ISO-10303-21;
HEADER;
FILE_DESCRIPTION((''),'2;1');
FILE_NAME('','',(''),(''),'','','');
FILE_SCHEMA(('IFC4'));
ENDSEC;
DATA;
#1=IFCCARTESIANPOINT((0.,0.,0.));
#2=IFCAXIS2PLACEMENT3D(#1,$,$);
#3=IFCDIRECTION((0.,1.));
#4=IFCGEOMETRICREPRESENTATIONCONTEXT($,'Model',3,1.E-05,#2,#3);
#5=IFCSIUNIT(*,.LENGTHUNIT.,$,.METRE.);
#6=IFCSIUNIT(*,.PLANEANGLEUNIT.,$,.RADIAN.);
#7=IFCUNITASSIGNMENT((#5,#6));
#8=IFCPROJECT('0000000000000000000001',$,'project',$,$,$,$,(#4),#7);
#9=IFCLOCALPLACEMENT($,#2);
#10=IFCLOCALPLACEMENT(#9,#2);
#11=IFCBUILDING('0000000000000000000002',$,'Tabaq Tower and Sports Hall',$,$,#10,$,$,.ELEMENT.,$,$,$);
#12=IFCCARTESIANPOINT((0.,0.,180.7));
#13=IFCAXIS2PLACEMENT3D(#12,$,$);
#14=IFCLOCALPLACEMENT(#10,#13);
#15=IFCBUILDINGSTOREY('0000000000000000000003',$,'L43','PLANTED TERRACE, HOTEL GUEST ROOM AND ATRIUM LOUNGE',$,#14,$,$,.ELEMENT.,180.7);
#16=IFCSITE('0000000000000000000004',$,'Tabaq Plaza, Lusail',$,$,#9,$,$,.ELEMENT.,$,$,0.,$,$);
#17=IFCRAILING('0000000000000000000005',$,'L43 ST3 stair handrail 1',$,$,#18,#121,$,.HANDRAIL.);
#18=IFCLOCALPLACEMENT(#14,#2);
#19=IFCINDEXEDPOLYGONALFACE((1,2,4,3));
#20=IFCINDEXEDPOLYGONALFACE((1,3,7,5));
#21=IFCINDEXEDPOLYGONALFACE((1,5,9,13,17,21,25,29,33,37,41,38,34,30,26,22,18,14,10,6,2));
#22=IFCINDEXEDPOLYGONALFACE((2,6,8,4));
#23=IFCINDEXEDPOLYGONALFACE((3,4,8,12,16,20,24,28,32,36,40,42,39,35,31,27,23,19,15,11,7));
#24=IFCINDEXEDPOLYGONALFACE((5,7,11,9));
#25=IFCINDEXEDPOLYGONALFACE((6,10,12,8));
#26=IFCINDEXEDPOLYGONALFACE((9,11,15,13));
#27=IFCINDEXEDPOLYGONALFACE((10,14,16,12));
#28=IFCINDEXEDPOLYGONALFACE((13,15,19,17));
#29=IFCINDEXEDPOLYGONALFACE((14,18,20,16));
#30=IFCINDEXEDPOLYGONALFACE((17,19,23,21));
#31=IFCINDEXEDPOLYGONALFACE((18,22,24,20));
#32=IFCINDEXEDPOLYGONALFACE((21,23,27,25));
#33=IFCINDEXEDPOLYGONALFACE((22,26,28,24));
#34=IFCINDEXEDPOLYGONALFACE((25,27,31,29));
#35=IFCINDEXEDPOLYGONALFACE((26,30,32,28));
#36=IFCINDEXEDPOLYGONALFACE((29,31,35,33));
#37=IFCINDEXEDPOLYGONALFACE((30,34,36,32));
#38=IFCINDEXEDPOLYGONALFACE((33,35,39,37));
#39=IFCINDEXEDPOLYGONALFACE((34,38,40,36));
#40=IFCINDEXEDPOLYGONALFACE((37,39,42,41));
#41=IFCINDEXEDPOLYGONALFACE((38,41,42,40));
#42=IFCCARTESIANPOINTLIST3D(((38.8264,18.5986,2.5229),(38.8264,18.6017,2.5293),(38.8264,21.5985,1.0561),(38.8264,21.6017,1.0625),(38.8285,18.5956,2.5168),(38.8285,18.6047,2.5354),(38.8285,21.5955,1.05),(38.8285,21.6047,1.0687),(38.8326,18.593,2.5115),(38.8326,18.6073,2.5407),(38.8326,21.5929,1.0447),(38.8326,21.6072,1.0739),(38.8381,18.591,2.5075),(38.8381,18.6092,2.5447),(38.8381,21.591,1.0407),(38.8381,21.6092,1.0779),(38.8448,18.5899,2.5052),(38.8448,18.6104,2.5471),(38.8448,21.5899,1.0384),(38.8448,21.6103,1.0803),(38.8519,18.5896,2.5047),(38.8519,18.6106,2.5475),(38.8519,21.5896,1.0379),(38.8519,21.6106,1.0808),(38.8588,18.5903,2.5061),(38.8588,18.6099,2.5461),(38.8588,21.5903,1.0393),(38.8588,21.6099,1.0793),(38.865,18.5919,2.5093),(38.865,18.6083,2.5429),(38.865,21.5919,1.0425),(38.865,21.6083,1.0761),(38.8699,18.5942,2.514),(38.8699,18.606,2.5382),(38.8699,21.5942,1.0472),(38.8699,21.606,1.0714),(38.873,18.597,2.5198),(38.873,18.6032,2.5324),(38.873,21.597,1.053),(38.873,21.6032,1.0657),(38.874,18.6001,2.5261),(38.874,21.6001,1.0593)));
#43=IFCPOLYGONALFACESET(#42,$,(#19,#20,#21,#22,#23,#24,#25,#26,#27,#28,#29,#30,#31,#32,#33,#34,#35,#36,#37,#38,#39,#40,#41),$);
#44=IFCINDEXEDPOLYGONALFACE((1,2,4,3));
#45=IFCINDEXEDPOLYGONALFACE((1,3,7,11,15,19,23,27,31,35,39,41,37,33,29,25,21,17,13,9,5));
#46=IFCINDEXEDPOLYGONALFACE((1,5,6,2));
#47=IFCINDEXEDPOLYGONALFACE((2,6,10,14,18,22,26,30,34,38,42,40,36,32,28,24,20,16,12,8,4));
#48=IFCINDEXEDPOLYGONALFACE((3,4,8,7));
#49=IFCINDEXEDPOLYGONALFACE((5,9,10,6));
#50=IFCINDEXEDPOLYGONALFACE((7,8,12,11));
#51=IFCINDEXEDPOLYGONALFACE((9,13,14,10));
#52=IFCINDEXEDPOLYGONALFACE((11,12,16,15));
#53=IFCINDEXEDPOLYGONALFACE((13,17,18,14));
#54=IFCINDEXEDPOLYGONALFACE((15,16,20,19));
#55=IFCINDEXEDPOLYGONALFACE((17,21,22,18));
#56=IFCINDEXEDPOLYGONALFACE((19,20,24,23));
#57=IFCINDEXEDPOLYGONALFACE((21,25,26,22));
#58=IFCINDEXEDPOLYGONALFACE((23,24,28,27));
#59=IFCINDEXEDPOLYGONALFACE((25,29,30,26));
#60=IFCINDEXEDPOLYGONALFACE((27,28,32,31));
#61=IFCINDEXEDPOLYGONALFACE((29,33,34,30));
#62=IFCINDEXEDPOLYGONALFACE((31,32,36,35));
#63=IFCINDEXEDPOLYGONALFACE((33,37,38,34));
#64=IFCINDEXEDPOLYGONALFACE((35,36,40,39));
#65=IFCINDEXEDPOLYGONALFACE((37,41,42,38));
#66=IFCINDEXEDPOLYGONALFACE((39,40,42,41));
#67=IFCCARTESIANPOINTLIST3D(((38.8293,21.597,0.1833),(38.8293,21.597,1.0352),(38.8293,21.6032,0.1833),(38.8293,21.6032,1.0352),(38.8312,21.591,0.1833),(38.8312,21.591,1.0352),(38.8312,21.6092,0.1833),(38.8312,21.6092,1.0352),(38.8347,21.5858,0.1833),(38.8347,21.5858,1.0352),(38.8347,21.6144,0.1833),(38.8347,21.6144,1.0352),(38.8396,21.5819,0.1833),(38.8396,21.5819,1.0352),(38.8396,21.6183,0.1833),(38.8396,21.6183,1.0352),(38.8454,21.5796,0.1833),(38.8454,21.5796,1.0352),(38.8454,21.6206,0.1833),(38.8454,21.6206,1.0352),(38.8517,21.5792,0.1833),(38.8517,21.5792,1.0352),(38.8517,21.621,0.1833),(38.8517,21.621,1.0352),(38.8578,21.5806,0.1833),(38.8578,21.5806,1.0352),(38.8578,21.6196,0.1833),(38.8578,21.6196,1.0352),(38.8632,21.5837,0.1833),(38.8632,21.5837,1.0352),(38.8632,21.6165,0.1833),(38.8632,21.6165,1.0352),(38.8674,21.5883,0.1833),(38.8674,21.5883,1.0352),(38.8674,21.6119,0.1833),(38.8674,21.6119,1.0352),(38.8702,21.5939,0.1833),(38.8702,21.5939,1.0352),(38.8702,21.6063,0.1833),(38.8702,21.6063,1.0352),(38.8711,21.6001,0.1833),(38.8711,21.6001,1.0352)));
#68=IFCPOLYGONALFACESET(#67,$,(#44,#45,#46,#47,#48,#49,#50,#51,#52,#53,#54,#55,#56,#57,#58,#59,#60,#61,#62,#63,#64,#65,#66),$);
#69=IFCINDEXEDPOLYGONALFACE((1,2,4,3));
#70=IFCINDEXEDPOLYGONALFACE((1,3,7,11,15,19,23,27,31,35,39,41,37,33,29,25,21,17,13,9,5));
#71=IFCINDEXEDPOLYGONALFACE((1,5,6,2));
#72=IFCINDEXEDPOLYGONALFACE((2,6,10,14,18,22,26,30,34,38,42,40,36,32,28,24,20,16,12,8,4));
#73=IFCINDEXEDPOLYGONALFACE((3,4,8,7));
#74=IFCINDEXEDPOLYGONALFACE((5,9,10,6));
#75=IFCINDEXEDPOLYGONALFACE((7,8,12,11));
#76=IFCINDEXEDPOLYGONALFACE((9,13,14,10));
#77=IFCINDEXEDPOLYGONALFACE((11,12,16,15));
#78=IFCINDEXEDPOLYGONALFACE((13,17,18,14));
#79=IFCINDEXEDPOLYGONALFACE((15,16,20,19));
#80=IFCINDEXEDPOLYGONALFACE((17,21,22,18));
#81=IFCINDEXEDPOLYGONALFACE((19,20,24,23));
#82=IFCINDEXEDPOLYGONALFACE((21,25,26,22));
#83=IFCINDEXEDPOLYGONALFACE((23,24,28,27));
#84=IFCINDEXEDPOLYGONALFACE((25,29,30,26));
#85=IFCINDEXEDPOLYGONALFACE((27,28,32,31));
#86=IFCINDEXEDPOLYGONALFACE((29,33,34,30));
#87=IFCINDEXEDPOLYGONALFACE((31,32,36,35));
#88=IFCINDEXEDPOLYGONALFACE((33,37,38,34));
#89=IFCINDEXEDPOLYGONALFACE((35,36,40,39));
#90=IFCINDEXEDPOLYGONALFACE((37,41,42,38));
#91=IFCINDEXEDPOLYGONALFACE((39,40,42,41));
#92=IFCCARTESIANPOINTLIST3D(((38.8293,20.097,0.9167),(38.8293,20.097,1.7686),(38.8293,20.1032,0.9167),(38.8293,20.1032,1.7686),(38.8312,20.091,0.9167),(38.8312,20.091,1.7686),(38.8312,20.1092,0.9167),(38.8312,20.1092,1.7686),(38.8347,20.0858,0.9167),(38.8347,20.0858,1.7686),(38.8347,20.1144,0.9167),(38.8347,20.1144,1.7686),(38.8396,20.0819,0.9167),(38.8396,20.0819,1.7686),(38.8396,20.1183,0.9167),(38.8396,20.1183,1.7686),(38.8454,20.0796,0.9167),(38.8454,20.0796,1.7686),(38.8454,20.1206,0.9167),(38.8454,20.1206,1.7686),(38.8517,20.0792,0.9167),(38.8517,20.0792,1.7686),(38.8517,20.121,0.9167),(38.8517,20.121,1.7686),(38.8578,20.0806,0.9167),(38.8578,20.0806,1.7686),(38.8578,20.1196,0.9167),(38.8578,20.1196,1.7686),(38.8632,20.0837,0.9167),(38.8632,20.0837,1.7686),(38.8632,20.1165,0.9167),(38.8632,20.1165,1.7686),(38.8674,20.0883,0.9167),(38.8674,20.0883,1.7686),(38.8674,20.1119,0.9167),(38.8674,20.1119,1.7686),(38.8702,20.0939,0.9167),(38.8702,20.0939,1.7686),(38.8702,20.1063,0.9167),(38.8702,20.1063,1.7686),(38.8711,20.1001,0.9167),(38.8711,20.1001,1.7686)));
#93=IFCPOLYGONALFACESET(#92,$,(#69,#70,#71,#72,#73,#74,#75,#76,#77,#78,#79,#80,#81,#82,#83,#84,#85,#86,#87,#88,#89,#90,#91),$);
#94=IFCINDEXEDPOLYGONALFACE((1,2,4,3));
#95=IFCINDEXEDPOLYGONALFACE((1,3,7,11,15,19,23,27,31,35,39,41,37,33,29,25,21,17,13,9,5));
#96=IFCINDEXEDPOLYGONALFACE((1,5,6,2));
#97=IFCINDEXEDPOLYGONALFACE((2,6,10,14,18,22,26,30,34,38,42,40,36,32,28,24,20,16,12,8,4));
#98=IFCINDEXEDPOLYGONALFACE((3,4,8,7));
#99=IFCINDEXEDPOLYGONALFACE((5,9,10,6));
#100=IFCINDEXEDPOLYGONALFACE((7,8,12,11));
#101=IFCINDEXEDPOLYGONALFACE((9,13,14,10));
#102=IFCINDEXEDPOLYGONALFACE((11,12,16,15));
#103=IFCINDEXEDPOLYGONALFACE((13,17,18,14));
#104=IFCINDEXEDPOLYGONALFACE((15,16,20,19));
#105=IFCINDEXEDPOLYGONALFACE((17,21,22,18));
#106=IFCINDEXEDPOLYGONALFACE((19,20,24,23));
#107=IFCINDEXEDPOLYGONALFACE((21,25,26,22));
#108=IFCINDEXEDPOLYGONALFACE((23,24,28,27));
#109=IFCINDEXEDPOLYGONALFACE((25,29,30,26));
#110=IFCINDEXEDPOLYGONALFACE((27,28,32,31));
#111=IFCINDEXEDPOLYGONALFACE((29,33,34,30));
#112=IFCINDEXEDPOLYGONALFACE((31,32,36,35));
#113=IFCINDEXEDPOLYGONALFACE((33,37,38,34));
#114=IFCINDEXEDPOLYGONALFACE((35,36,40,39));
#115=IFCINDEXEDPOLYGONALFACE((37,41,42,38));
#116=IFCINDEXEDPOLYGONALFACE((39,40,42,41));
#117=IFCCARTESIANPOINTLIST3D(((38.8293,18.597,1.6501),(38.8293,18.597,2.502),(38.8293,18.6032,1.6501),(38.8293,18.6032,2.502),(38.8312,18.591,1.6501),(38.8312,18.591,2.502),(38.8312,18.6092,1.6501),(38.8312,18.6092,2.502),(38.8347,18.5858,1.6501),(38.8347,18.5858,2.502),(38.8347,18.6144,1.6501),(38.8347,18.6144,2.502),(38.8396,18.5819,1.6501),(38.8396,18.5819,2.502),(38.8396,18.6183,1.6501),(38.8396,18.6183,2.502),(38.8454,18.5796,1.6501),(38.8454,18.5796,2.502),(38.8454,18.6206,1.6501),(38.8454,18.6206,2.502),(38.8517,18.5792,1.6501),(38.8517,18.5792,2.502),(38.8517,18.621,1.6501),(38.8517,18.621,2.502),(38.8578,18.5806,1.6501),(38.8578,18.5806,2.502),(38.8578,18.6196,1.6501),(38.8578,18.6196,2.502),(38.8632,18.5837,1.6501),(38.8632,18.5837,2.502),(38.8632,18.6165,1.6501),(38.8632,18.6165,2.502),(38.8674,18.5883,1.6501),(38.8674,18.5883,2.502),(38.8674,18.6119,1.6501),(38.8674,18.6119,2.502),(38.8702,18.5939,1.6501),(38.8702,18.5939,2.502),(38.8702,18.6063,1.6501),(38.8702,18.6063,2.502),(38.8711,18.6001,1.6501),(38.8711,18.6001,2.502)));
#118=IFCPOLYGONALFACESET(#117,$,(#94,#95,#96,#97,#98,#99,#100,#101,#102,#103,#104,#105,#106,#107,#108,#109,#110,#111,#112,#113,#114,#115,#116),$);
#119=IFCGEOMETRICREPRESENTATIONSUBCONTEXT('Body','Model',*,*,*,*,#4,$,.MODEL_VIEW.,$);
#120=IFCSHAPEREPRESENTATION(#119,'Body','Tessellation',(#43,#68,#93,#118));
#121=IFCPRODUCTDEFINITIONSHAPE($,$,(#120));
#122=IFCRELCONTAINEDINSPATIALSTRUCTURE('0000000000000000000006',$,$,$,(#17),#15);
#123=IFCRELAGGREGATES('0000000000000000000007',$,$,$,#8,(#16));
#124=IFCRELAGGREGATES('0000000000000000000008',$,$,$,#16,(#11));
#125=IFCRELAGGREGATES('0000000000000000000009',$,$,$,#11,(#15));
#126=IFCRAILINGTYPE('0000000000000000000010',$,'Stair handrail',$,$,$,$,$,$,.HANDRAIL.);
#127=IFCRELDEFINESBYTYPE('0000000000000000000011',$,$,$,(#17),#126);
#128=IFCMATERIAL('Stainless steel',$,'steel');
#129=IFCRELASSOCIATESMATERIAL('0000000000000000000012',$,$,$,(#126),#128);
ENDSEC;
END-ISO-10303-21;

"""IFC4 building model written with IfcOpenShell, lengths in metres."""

from ifc_helpers import new_model, si_unit, direction, frame, origin, origin_2d, place, context, subcontext, project, spatial, circle, extrude, material, type_object, element, save


model = new_model("IFC4")

# Units and contexts
model_context = context("Model", 3, precision=1e-05, world=origin(), true_north=direction((0.0, 1.0)))
body_context = subcontext(model_context, "Body", "Model", "MODEL_VIEW")
ifc_project = project(units=[si_unit("LENGTHUNIT", "METRE"), si_unit("PLANEANGLEUNIT", "RADIAN")], contexts=[model_context])

# Site, building, storey
site_placement = place(None, origin())
site = spatial("IfcSite", under=ifc_project, at=site_placement, Name="Tabaq Plaza, Lusail", CompositionType="ELEMENT", RefElevation=0.0)
building_placement = place(site_placement, origin())
building = spatial("IfcBuilding", under=site, at=building_placement, Name="Tabaq Tower and Sports Hall", CompositionType="ELEMENT")
storey_placement = place(building_placement, frame((0.0, 0.0, 180.7)))
storey = spatial("IfcBuildingStorey", under=building, at=storey_placement, Name="L43", Description="PLANTED TERRACE, HOTEL GUEST ROOM AND ATRIUM LOUNGE", CompositionType="ELEMENT", Elevation=180.7)

# Railing
ifc_material_1 = material(Name="Stainless steel", Category="steel")
railing_type_1 = type_object("IfcRailingType", Name="Stair handrail", PredefinedType="HANDRAIL", material=ifc_material_1)
railing_1_placement = place(storey_placement, frame((38.8501, 21.6001, 0.1833)))
element("IfcRailing", 1, at=railing_1_placement, inside=storey, type_object=railing_type_1, Name="L43 ST3 stair handrail 1", PredefinedType="HANDRAIL", context=body_context, shape_type="SweptSolid", body=[
    extrude(circle(Radius=0.0239, at=origin_2d()), frame((0.0, 0.0, 0.876), z_axis=(0.0, -0.898369, 0.439242), x_axis=(1.0, 0.0, 0.0)), (0.0, 0.0, 1.0), 3.3394),
    extrude(circle(Radius=0.021, at=origin_2d()), origin(), (0.0, 0.0, 1.0), 0.8518),
    extrude(circle(Radius=0.021, at=origin_2d()), frame((0.0, -1.5, 0.7334)), (0.0, 0.0, 1.0), 0.8518),
    extrude(circle(Radius=0.021, at=origin_2d()), frame((0.0, -3.0, 1.4668)), (0.0, 0.0, 1.0), 0.8518),
])

save(model, "model.ifc")
